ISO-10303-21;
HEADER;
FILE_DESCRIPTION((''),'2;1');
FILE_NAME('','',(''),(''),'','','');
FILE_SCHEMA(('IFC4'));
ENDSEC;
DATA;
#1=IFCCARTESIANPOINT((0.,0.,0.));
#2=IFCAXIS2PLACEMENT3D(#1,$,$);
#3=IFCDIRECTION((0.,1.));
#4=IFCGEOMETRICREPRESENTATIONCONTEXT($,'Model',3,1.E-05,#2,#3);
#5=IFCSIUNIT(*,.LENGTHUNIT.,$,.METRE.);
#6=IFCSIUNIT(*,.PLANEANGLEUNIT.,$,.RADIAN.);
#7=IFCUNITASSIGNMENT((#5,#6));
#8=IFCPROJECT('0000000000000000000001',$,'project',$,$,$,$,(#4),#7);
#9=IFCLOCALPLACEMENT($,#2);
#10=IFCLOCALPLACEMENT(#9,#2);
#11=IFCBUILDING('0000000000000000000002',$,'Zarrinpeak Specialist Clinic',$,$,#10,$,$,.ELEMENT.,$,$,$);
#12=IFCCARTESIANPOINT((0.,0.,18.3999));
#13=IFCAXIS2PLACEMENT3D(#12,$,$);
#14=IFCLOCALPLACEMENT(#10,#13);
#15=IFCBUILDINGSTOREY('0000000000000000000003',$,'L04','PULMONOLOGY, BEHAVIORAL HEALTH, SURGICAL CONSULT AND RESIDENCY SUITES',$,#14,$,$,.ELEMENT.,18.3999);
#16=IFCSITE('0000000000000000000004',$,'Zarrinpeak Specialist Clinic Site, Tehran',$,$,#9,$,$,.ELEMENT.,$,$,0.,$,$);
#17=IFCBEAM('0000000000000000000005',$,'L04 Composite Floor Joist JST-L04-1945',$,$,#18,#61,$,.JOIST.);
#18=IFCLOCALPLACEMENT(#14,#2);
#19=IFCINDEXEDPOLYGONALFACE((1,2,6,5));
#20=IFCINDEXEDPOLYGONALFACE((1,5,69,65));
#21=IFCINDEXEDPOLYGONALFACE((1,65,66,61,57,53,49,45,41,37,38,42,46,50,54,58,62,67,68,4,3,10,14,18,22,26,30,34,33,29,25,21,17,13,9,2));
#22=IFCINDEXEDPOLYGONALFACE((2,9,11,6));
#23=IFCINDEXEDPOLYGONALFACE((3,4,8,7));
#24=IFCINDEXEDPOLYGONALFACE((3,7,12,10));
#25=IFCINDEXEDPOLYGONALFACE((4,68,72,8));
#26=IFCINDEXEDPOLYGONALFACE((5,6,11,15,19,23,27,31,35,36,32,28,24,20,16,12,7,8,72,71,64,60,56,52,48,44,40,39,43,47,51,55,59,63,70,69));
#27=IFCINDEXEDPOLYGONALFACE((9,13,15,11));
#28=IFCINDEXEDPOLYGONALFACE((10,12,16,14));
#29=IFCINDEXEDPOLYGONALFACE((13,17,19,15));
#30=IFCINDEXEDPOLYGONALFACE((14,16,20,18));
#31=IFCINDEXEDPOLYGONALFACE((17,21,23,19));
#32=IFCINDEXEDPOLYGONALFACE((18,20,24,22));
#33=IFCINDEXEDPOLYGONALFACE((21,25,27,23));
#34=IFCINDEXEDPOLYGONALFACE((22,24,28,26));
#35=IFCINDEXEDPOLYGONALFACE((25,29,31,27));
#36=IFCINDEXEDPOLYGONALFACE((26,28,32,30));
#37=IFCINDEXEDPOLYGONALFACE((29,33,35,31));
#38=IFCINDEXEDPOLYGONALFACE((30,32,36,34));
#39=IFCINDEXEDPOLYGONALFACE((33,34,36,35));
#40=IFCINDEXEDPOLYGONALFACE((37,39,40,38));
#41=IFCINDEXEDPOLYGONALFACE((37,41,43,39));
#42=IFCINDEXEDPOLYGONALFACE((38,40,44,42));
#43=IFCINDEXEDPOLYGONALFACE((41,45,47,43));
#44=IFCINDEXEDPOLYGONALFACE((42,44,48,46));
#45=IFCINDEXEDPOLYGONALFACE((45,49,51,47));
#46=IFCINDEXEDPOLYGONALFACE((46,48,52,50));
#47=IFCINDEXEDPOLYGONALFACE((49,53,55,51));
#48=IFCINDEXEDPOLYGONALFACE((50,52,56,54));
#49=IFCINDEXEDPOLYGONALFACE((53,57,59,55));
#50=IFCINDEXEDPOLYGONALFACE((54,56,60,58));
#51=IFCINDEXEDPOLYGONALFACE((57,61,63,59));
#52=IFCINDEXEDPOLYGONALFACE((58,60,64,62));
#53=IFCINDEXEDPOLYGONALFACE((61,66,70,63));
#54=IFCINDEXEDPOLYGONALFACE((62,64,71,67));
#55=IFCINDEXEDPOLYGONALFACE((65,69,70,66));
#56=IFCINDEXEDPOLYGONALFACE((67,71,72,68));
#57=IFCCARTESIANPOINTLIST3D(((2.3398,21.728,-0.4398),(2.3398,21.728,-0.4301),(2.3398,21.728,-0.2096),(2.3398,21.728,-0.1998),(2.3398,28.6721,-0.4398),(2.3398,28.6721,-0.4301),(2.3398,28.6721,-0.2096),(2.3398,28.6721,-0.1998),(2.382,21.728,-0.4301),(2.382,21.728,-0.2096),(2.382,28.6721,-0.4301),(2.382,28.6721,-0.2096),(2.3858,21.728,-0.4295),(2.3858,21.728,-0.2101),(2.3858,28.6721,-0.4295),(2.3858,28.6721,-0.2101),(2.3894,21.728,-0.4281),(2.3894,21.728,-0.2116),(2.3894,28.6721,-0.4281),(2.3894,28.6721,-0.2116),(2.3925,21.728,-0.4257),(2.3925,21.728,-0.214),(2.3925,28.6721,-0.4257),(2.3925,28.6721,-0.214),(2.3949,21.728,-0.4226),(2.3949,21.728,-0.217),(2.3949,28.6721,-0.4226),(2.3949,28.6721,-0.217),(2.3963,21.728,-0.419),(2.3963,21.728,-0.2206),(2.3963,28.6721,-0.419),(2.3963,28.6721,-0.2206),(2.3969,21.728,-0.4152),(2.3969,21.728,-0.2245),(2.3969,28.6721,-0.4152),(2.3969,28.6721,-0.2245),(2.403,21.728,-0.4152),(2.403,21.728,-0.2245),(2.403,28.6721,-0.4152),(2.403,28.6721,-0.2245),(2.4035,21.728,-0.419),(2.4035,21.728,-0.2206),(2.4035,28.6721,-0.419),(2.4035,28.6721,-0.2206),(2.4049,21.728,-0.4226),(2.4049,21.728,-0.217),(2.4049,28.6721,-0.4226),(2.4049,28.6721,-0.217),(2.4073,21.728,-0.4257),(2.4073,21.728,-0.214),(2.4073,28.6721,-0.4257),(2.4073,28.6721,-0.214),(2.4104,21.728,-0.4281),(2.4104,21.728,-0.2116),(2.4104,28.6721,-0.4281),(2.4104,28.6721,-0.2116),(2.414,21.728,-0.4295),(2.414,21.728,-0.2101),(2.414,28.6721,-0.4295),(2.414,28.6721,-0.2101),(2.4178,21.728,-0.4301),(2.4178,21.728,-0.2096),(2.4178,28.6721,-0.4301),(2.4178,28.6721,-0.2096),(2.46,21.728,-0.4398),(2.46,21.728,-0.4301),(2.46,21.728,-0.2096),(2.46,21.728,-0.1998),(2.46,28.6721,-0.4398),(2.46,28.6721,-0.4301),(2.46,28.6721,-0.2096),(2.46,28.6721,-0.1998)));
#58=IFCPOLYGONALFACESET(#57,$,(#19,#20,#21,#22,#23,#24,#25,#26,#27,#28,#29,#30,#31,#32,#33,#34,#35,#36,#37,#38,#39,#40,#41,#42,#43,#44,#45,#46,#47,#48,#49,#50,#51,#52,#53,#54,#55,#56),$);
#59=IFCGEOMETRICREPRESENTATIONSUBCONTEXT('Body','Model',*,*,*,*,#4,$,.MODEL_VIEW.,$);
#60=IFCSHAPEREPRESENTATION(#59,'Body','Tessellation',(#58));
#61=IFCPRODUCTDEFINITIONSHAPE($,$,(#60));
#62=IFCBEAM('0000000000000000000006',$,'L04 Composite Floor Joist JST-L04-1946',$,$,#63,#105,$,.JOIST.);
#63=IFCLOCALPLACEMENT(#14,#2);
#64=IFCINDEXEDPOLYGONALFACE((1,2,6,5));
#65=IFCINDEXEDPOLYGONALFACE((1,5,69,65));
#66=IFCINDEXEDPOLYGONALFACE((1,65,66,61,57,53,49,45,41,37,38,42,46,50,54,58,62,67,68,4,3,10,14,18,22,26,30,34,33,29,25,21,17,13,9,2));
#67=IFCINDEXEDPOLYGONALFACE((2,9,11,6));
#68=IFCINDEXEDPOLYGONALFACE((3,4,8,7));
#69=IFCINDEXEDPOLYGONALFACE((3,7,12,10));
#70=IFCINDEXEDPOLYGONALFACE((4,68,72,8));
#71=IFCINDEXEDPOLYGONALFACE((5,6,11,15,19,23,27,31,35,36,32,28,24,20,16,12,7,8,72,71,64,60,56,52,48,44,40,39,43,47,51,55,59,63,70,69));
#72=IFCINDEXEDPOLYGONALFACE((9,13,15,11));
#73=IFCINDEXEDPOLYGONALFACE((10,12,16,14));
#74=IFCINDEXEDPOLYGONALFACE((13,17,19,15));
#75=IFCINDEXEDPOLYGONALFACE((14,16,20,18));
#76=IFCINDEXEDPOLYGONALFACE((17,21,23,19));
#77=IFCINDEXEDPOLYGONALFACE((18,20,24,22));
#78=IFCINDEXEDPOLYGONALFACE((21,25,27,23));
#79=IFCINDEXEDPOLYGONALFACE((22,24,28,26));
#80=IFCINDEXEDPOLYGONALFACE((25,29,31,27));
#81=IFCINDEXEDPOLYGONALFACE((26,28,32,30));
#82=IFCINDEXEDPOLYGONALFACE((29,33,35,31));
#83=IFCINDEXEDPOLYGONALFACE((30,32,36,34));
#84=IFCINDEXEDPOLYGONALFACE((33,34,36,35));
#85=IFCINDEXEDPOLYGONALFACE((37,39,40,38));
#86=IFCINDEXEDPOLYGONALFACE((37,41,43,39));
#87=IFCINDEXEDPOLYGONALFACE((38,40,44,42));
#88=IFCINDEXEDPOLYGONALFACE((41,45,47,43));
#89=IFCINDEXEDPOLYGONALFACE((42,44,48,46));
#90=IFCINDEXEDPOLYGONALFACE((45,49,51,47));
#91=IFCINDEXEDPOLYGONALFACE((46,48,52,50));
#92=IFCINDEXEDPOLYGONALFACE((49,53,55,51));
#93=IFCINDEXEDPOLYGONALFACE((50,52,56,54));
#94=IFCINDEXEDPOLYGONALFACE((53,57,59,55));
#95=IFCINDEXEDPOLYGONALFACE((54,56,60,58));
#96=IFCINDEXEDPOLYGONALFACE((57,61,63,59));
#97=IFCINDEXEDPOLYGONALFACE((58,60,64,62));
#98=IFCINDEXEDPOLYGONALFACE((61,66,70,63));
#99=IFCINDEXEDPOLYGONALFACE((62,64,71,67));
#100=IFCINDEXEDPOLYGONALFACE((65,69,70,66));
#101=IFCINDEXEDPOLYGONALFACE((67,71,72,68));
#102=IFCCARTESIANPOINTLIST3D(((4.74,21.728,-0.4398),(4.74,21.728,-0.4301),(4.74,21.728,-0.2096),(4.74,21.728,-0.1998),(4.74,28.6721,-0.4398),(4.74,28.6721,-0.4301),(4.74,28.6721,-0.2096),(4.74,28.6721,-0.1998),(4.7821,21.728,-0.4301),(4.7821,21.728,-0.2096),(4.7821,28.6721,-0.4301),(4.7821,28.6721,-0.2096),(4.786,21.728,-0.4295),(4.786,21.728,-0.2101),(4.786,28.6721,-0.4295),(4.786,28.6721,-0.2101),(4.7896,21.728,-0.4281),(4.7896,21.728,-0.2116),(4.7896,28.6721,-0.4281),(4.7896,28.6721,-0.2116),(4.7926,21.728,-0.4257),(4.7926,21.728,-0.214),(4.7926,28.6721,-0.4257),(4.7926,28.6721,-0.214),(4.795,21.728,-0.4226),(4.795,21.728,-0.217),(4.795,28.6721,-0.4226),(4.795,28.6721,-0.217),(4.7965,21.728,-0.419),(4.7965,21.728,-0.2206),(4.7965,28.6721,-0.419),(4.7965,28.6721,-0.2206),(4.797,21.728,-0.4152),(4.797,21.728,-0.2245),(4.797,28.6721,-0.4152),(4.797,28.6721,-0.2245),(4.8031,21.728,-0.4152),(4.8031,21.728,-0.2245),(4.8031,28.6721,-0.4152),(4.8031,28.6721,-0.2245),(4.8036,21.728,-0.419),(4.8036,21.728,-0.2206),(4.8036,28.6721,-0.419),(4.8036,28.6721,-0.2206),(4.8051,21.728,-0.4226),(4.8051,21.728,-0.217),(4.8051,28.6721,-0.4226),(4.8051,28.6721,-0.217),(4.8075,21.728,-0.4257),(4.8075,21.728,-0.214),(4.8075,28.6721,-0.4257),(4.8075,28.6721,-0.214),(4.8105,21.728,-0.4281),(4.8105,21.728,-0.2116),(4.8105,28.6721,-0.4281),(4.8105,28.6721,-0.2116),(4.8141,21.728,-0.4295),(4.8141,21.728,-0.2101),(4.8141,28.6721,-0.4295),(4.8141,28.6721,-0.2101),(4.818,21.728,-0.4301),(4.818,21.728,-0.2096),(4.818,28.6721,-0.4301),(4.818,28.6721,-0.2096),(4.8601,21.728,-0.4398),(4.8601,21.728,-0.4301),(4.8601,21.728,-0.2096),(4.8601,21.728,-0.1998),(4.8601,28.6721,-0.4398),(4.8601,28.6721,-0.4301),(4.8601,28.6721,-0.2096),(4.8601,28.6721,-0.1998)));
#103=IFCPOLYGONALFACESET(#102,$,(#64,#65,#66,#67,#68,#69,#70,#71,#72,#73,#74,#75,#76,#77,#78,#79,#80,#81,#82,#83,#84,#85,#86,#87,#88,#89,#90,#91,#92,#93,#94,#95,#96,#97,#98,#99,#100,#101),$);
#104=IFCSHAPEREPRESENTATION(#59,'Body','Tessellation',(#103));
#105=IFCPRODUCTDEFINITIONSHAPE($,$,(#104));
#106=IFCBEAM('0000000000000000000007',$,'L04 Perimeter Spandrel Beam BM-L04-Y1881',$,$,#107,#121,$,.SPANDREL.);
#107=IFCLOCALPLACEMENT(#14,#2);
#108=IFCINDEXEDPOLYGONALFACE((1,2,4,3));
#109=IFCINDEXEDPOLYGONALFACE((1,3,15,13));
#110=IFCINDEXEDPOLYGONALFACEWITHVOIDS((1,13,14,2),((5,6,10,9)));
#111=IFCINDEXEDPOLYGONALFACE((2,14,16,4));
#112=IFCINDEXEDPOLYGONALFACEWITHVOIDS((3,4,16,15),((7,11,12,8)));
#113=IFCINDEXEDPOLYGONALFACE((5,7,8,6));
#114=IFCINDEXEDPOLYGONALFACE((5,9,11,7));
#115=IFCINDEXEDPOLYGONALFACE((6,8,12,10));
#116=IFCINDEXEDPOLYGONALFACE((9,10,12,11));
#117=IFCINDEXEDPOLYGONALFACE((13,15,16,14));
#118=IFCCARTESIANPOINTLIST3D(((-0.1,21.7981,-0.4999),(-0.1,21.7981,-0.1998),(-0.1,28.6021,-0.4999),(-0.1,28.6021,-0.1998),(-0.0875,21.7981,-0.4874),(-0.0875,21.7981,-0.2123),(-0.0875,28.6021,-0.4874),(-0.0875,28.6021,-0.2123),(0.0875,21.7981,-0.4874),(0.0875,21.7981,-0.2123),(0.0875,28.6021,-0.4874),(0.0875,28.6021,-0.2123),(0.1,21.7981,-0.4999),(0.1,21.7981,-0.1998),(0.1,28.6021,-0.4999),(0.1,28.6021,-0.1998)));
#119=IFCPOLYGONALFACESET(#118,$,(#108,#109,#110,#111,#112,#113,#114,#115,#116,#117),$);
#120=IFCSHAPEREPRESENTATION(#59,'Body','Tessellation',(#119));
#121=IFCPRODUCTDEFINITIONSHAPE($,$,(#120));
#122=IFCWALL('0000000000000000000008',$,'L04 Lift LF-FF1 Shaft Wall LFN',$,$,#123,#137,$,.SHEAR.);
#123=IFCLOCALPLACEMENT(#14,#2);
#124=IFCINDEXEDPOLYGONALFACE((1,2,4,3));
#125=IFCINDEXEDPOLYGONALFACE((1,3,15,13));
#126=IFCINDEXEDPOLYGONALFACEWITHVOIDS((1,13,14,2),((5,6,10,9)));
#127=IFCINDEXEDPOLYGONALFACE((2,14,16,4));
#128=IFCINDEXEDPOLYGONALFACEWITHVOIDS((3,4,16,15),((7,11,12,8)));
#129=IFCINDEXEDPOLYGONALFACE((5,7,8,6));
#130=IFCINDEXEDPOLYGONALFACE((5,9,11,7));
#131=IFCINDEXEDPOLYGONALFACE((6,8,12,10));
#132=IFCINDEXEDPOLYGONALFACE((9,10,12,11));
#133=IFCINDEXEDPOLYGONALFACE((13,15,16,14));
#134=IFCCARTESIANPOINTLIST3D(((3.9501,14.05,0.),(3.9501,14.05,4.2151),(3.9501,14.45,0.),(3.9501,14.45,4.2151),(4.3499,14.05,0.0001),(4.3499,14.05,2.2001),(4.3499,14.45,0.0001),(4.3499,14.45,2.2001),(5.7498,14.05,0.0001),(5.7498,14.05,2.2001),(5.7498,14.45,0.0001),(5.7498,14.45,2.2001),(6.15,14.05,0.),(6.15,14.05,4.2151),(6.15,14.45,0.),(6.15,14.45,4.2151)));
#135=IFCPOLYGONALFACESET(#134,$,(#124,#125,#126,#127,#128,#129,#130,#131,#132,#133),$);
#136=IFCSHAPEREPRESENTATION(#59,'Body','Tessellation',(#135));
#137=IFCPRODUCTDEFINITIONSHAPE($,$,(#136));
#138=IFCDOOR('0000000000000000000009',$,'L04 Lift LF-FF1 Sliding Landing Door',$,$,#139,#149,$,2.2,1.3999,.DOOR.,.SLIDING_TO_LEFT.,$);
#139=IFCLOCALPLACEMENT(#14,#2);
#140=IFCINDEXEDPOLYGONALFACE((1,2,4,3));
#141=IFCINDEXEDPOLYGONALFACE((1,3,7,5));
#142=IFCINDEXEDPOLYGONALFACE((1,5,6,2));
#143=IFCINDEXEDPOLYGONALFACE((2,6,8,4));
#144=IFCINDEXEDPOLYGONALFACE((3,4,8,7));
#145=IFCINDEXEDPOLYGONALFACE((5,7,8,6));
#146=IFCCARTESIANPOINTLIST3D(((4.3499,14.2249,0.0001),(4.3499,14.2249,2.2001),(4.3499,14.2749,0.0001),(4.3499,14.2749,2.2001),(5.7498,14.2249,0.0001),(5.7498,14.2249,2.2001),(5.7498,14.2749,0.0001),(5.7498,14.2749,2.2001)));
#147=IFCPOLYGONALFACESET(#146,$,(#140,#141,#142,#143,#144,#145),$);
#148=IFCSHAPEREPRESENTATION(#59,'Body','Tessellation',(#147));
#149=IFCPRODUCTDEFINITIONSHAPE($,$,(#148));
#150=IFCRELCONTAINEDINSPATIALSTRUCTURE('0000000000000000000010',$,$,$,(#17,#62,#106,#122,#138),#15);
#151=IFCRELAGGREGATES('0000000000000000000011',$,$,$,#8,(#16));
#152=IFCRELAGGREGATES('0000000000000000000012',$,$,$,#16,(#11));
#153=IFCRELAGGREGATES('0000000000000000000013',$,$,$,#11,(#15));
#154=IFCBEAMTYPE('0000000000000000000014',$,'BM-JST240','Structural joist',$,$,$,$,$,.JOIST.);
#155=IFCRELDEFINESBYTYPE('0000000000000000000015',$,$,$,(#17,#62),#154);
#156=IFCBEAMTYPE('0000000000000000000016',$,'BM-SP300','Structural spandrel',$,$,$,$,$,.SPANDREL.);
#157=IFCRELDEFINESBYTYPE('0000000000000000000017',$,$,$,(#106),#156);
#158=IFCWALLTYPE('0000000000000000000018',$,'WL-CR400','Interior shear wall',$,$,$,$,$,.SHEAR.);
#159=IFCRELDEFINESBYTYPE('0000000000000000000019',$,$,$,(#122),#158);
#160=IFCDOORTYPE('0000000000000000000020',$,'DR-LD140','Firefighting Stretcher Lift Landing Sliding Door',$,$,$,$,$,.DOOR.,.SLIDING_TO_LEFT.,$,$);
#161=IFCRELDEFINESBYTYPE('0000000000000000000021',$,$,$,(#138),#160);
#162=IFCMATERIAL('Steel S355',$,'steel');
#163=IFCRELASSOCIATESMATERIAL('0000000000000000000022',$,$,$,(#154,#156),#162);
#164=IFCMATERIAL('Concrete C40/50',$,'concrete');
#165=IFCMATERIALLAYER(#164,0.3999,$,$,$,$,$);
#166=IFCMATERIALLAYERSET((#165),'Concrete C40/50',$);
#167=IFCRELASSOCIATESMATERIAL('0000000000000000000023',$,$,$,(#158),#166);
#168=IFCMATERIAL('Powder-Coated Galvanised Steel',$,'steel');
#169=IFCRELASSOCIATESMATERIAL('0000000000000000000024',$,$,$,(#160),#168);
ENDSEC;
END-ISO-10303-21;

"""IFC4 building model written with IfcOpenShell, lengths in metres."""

from ifc_helpers import new_model, si_unit, direction, frame, frame_2d, origin, origin_2d, place, context, subcontext, project, spatial, rectangle, hollow_rectangle, i_section, extrude, material, layer, layer_set, material_profile, profile_set, type_object, element, fill, save


model = new_model("IFC4")

# Units and contexts
model_context = context("Model", 3, precision=1e-05, world=origin(), true_north=direction((0.0, 1.0)))
body_context = subcontext(model_context, "Body", "Model", "MODEL_VIEW")
ifc_project = project(units=[si_unit("LENGTHUNIT", "METRE"), si_unit("PLANEANGLEUNIT", "RADIAN")], contexts=[model_context])

# Site, building, storey
site_placement = place(None, origin())
site = spatial("IfcSite", under=ifc_project, at=site_placement, Name="Zarrinpeak Specialist Clinic Site, Tehran", CompositionType="ELEMENT", RefElevation=0.0)
building_placement = place(site_placement, origin())
building = spatial("IfcBuilding", under=site, at=building_placement, Name="Zarrinpeak Specialist Clinic", CompositionType="ELEMENT")
storey_placement = place(building_placement, frame((0.0, 0.0, 18.3999)))
storey = spatial("IfcBuildingStorey", under=building, at=storey_placement, Name="L04", Description="PULMONOLOGY, BEHAVIORAL HEALTH, SURGICAL CONSULT AND RESIDENCY SUITES", CompositionType="ELEMENT", Elevation=18.3999)

# Shared definitions
ifc_material_1 = material(Name="Steel S355", Category="steel")

# Beams
ifc_material_profile_1 = material_profile(ifc_material_1, i_section(OverallWidth=0.1201, OverallDepth=0.24, WebThickness=0.0061, FlangeThickness=0.0098, FilletRadius=0.0149, at=origin_2d()), Name="IPE 240")
ifc_profile_set_1 = profile_set([ifc_material_profile_1], Name="Steel S355")
beam_type_1 = type_object("IfcBeamType", Name="BM-JST240", Description="Structural joist", PredefinedType="JOIST", material=ifc_profile_set_1)
for number, where, z_axis, x_axis, name in (
    (1, (2.3999, 21.728, -0.3198), (0.0, 1.0, 0.0), (-1.0, 0.0, 0.0), "L04 Composite Floor Joist JST-L04-1945"),
    (2, (4.8, 21.728, -0.3198), (0.0, 1.0, 0.0), (-1.0, 0.0, 0.0), "L04 Composite Floor Joist JST-L04-1946"),
):
    element("IfcBeam", number, at=place(storey_placement, frame(where, z_axis=z_axis, x_axis=x_axis)), inside=storey, type_object=beam_type_1, Name=name, PredefinedType="JOIST", context=body_context, shape_type="SweptSolid", body=[
        extrude(i_section(OverallWidth=0.1201, OverallDepth=0.24, WebThickness=0.0061, FlangeThickness=0.0098, FilletRadius=0.0149, at=origin_2d()), origin(), (0.0, 0.0, 1.0), 6.9441),
    ])
ifc_material_profile_2 = material_profile(ifc_material_1, hollow_rectangle(XDim=0.2, YDim=0.3, WallThickness=0.0125, at=origin_2d()), Name="RHS 300x200x12.5")
ifc_profile_set_2 = profile_set([ifc_material_profile_2], Name="Steel S355")
beam_type_2 = type_object("IfcBeamType", Name="BM-SP300", Description="Structural spandrel", PredefinedType="SPANDREL", material=ifc_profile_set_2)
beam_1_placement = place(storey_placement, frame((0.0, 21.7981, -0.3499), z_axis=(0.0, 1.0, 0.0), x_axis=(-1.0, 0.0, 0.0)))
element("IfcBeam", 3, at=beam_1_placement, inside=storey, type_object=beam_type_2, Name="L04 Perimeter Spandrel Beam BM-L04-Y1881", PredefinedType="SPANDREL", context=body_context, shape_type="SweptSolid", body=[
    extrude(hollow_rectangle(XDim=0.2, YDim=0.3, WallThickness=0.0125, at=origin_2d()), origin(), (0.0, 0.0, 1.0), 6.804),
])

# Wall, opening, door
ifc_material_2 = material(Name="Concrete C40/50", Category="concrete")
ifc_layer_1 = layer(ifc_material_2, 0.3999)
ifc_layer_set_1 = layer_set([ifc_layer_1], Name="Concrete C40/50")
wall_type_1 = type_object("IfcWallType", Name="WL-CR400", Description="Interior shear wall", PredefinedType="SHEAR", material=ifc_layer_set_1)
ifc_material_3 = material(Name="Powder-Coated Galvanised Steel", Category="steel")
wall_1_placement = place(storey_placement, frame((3.95, 14.25, 0.0), z_axis=(0.0, 0.0, 1.0), x_axis=(1.0, 0.0, 0.0)))
wall_1 = element("IfcWall", 4, at=wall_1_placement, inside=storey, type_object=wall_type_1, Name="L04 Lift LF-FF1 Shaft Wall LFN", PredefinedType="SHEAR", context=body_context, shape_type="SweptSolid", body=[
    extrude(rectangle(XDim=2.2, YDim=0.3999, at=frame_2d((1.1001, 0.0))), origin(), (0.0, 0.0, 1.0), 4.2151),
])
opening_1_placement = place(wall_1_placement, frame((0.3999, 0.0, 0.0)))
opening_1 = element("IfcOpeningElement", 5, at=opening_1_placement, cuts=wall_1, PredefinedType="OPENING", context=body_context, shape_type="SweptSolid", body=[
    extrude(rectangle(XDim=1.3999, YDim=2.2, at=frame_2d((0.7, 1.1001))), frame((0.0, 0.21, 0.0), z_axis=(0.0, -1.0, 0.0), x_axis=(1.0, 0.0, 0.0)), (0.0, 0.0, 1.0), 0.4199),
])
door_type_1 = type_object("IfcDoorType", Name="DR-LD140", Description="Firefighting Stretcher Lift Landing Sliding Door", OperationType="SLIDING_TO_LEFT", PredefinedType="DOOR", material=ifc_material_3)
door_1_placement = place(opening_1_placement, origin())
door_1 = element("IfcDoor", 6, at=door_1_placement, inside=storey, type_object=door_type_1, Name="L04 Lift LF-FF1 Sliding Landing Door", OperationType="SLIDING_TO_LEFT", OverallHeight=2.2, OverallWidth=1.3999, PredefinedType="DOOR", context=body_context, shape_type="SweptSolid", body=[
    extrude(rectangle(XDim=1.3999, YDim=2.2, at=frame_2d((0.7, 1.1001))), frame((0.0, 0.0249, 0.0), z_axis=(0.0, -1.0, 0.0), x_axis=(1.0, 0.0, 0.0)), (0.0, 0.0, 1.0), 0.05),
])
fill(opening_1, door_1)

save(model, "model.ifc")
